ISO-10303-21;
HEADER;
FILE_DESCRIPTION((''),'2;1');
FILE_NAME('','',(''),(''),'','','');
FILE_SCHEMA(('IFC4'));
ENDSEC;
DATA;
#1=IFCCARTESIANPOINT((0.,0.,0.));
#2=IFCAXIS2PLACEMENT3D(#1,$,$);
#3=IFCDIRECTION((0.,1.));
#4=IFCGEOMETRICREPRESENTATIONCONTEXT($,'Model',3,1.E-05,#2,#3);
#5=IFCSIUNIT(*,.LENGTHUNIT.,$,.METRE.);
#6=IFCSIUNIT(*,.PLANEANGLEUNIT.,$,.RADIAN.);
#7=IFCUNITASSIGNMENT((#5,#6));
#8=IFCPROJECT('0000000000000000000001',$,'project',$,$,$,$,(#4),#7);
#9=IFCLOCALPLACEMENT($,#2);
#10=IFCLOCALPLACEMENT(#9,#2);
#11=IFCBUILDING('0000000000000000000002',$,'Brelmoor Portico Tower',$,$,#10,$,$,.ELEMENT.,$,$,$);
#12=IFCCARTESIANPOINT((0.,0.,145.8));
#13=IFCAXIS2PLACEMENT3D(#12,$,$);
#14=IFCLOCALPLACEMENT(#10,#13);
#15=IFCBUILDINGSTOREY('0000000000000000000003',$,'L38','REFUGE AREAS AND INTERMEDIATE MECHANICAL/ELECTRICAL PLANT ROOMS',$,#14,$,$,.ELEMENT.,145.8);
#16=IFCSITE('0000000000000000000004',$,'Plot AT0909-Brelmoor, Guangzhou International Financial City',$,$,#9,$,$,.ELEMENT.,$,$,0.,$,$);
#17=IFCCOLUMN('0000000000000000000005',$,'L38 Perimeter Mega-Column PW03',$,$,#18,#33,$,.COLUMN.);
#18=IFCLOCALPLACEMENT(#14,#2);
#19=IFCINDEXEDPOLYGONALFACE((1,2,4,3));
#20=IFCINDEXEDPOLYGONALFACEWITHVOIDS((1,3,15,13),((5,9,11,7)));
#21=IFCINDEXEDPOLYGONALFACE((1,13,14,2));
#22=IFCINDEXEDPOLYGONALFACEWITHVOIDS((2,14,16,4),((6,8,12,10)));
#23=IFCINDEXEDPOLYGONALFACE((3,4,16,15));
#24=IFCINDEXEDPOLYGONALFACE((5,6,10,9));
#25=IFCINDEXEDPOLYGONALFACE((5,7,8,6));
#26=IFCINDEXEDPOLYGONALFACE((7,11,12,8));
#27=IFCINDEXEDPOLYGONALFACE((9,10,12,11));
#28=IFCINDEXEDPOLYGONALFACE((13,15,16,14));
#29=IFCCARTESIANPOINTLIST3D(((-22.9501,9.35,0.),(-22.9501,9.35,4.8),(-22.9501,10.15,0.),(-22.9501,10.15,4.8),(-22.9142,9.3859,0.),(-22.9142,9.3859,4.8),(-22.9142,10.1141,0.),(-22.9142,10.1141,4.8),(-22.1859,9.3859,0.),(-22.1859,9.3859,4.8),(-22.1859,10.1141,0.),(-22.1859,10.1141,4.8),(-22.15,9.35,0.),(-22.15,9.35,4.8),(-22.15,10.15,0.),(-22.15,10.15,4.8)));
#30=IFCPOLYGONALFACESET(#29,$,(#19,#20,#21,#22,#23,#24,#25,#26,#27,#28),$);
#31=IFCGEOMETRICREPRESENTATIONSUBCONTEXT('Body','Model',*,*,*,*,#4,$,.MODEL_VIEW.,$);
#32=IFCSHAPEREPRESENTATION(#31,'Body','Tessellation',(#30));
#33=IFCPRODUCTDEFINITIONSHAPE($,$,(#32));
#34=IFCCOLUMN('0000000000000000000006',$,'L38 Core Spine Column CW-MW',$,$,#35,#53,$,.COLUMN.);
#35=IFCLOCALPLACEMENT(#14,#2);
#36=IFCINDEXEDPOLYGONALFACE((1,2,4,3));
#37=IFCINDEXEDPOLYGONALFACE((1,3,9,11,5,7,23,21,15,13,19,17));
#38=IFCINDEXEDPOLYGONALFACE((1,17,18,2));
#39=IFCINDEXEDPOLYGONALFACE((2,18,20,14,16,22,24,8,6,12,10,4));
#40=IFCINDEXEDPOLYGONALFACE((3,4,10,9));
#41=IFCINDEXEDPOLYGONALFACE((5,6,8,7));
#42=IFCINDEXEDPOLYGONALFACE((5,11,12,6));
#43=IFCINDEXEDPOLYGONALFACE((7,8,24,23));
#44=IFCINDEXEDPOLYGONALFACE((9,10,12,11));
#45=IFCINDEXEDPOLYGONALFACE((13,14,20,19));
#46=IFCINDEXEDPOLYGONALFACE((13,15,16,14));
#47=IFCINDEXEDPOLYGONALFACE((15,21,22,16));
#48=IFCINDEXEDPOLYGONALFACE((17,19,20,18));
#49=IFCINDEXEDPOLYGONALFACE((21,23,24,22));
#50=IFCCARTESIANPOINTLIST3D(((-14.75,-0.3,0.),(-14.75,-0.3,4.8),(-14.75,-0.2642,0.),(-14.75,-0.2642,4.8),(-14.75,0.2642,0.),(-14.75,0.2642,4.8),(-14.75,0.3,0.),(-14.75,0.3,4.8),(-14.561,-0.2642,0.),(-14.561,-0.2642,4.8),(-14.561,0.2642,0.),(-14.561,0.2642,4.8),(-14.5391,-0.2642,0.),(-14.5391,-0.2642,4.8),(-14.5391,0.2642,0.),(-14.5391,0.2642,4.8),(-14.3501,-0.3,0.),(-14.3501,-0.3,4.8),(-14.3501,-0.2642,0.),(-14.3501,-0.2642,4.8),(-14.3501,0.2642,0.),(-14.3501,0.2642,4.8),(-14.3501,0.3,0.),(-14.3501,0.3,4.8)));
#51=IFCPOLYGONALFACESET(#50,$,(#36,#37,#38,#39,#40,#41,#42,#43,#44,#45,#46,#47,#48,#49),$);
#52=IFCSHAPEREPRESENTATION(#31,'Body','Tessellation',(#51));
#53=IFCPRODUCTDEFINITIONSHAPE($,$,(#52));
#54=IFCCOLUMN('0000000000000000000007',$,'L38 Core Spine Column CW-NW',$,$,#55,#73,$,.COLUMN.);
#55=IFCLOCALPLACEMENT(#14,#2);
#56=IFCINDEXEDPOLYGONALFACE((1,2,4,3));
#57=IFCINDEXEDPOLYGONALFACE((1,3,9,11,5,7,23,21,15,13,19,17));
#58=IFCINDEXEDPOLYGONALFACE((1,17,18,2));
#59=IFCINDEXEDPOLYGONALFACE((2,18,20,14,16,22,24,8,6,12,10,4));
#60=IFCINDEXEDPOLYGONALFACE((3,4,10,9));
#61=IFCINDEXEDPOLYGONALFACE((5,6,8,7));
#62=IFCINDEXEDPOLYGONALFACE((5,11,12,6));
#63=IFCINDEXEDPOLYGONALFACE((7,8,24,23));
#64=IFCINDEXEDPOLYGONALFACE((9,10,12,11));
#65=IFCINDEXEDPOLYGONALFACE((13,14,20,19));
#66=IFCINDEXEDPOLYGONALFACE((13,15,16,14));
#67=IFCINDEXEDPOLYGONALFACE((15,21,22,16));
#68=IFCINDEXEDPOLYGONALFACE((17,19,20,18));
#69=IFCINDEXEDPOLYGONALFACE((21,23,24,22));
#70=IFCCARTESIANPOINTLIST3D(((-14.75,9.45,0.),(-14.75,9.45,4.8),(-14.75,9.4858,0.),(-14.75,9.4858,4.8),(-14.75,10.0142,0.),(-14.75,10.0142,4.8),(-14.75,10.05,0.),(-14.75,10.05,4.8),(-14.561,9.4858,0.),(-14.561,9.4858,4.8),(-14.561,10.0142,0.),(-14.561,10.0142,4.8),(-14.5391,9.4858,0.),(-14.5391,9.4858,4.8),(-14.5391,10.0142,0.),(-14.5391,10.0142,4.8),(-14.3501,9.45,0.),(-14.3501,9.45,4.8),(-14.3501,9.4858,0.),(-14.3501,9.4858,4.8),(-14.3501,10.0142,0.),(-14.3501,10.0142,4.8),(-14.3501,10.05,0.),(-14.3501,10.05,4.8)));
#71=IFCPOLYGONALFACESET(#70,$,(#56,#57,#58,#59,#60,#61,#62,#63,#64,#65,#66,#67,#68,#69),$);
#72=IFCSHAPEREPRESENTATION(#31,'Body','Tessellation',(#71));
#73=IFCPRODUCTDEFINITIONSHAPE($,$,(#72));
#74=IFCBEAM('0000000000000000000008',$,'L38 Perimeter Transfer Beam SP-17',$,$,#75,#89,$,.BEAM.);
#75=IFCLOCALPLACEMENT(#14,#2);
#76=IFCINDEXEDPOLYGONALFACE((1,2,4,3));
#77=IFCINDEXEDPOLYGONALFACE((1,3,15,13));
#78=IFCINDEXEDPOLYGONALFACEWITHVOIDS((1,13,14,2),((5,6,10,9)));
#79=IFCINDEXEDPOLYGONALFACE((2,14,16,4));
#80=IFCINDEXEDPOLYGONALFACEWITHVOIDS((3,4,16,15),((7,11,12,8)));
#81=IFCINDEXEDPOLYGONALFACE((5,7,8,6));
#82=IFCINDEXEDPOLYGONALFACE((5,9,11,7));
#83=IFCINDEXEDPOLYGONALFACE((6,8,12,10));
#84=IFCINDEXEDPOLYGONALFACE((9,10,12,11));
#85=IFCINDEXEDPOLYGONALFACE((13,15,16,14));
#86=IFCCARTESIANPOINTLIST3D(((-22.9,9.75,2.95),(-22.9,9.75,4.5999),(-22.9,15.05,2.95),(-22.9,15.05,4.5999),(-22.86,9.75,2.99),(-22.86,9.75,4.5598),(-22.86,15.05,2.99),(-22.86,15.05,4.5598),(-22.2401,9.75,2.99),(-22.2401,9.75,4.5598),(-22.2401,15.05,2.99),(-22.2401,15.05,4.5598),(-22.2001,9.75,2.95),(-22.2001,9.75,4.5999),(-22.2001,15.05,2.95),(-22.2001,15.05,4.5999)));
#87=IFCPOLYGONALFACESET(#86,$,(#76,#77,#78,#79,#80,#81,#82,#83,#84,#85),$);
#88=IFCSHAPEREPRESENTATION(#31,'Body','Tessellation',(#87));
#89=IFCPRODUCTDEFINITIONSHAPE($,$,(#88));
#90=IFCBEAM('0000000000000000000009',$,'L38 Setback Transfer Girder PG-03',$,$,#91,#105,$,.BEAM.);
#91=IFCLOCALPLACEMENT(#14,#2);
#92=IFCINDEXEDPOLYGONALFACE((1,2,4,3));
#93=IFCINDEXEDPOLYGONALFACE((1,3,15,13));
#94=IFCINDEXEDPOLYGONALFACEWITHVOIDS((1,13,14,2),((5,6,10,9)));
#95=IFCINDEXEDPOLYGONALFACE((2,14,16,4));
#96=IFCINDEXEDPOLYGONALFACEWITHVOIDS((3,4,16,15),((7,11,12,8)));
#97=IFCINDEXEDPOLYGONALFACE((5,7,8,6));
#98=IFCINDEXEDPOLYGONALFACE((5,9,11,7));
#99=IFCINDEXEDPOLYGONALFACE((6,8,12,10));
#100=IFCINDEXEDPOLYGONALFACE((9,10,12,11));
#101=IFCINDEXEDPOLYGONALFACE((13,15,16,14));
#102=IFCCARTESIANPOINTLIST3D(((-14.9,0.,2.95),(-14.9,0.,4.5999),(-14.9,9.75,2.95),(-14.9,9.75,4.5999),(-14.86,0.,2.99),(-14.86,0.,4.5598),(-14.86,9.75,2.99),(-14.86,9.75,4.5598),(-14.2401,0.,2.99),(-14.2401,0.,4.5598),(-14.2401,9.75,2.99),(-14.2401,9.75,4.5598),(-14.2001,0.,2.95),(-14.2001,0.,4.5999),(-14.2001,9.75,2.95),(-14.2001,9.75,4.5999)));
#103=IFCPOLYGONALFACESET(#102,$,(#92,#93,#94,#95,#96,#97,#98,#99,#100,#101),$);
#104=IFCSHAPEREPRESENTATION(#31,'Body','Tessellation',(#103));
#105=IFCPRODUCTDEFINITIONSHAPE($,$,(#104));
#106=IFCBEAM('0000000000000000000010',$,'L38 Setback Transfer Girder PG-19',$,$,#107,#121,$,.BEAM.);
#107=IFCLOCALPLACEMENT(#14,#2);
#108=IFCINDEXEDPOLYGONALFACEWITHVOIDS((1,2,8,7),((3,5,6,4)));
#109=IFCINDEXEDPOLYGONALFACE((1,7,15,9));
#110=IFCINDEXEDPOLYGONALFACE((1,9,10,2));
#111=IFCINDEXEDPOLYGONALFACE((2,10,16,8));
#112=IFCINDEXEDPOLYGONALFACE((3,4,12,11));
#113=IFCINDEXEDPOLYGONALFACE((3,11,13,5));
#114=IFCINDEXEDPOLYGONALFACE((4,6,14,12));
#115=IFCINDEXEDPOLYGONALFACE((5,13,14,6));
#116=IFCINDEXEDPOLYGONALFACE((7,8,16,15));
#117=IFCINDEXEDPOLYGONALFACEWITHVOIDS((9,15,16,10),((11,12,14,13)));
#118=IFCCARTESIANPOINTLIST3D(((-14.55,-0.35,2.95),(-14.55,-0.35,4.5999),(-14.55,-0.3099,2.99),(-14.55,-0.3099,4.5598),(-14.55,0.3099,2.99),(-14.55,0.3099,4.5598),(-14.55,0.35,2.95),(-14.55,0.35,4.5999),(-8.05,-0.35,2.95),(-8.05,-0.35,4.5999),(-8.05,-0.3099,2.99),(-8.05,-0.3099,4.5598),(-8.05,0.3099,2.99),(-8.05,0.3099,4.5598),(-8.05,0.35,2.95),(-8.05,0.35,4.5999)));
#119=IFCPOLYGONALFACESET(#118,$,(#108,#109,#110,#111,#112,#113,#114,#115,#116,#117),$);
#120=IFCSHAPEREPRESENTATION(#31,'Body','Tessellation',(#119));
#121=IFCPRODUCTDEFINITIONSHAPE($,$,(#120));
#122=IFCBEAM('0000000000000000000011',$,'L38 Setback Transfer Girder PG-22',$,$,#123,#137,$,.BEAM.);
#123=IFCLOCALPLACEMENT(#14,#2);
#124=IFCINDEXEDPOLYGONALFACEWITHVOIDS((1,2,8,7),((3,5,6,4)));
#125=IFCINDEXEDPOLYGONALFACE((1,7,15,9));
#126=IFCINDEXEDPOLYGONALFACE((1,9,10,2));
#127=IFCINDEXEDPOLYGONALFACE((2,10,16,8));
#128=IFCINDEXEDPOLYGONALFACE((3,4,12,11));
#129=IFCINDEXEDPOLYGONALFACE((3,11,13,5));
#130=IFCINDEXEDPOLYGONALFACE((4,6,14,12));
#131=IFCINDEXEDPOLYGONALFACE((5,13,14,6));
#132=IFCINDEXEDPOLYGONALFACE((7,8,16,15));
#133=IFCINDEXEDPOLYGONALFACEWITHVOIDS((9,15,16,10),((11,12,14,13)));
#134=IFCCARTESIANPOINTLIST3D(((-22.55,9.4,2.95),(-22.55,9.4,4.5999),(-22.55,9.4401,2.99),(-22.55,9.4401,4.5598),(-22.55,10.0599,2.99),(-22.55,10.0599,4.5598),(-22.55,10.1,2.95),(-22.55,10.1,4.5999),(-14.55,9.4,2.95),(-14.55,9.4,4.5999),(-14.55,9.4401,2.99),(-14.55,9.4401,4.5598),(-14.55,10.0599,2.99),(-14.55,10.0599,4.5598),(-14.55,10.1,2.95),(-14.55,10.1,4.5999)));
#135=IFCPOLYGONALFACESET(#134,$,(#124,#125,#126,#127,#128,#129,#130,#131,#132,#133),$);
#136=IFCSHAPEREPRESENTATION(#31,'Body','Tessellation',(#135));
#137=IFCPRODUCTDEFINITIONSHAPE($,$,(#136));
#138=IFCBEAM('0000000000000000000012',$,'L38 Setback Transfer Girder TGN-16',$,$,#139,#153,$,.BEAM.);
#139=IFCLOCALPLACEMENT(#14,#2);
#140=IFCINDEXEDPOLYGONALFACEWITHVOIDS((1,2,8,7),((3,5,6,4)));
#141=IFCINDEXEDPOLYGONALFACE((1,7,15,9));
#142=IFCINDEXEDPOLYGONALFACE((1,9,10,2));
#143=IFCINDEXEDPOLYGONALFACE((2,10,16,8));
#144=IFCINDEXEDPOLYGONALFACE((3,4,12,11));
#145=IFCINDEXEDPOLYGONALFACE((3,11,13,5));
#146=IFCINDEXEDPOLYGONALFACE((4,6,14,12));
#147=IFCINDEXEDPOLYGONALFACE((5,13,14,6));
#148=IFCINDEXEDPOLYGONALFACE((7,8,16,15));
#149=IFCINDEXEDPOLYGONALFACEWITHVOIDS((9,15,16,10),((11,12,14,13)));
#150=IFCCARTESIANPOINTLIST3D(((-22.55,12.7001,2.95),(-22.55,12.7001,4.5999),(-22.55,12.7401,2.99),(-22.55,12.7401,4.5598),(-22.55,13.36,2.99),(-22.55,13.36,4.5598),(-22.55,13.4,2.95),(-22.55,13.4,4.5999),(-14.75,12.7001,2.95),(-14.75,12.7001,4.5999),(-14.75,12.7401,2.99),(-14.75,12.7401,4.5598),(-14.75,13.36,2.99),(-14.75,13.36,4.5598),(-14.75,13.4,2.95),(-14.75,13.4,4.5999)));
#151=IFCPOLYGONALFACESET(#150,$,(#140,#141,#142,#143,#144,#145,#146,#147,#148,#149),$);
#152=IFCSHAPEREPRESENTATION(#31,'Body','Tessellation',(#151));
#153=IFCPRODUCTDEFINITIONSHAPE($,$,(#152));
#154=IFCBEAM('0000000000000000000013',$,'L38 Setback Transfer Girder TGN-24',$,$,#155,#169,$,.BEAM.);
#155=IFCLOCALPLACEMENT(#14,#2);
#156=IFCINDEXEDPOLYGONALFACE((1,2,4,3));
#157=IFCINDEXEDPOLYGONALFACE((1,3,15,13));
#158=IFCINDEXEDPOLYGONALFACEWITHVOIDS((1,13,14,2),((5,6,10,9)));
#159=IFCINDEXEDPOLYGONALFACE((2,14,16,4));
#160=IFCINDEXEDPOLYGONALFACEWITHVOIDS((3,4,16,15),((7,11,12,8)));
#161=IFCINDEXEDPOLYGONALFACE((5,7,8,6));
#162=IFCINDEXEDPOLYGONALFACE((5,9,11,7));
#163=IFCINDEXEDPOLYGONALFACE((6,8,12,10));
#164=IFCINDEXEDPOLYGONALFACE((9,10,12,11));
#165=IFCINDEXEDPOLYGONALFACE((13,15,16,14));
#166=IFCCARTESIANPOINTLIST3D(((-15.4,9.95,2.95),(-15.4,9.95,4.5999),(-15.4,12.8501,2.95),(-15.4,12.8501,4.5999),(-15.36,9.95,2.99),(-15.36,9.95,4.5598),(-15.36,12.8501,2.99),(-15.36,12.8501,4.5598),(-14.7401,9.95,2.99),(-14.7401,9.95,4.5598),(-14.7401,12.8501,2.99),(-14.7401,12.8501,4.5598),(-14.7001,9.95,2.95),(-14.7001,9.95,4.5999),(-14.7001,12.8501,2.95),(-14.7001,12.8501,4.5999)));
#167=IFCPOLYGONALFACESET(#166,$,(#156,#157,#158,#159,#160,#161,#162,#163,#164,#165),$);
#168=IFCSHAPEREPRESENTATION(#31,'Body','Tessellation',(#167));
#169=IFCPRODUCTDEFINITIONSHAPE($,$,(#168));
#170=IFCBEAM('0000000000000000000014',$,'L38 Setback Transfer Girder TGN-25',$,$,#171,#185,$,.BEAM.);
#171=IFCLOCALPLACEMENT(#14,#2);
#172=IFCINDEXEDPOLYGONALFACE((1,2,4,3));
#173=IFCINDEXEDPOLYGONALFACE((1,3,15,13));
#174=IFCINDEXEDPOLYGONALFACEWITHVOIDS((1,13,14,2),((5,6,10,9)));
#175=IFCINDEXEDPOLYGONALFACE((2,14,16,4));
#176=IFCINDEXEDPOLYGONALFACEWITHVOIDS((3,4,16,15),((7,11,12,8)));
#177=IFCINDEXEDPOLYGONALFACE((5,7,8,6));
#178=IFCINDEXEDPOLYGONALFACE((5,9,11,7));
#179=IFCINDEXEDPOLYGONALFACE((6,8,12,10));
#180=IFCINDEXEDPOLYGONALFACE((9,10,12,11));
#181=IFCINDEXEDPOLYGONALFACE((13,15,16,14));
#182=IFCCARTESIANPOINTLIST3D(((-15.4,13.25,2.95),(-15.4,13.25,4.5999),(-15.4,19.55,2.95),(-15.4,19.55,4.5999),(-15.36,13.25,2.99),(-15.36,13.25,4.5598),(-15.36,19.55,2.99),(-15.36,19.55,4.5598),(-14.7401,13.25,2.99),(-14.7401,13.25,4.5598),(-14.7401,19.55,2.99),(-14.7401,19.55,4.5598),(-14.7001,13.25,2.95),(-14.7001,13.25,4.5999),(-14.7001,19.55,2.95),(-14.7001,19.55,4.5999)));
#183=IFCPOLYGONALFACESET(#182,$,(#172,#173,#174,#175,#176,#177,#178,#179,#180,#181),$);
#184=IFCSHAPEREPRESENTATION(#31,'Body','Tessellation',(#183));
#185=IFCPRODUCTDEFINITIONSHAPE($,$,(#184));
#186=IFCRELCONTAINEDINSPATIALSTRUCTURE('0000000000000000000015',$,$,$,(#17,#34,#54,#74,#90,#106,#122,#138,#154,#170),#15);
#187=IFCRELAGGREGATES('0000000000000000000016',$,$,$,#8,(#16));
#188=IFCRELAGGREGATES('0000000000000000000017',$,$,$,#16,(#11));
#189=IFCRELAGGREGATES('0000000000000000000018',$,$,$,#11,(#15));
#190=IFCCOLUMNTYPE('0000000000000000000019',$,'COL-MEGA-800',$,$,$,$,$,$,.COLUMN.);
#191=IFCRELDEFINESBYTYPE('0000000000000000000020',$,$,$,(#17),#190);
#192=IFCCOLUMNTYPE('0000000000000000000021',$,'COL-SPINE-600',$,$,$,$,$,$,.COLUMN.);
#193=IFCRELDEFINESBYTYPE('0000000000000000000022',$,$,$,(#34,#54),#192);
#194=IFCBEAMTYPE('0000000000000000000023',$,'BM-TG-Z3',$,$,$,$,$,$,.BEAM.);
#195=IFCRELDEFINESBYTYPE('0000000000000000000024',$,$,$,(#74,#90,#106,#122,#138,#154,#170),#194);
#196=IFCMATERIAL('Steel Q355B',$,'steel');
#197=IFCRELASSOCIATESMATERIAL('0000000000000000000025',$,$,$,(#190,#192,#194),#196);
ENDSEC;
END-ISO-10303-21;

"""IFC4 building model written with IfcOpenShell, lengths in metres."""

from ifc_helpers import new_model, si_unit, direction, frame, origin, origin_2d, place, context, subcontext, project, spatial, hollow_rectangle, i_section, extrude, material, material_profile, profile_set, type_object, element, save


model = new_model("IFC4")

# Units and contexts
model_context = context("Model", 3, precision=1e-05, world=origin(), true_north=direction((0.0, 1.0)))
body_context = subcontext(model_context, "Body", "Model", "MODEL_VIEW")
ifc_project = project(units=[si_unit("LENGTHUNIT", "METRE"), si_unit("PLANEANGLEUNIT", "RADIAN")], contexts=[model_context])

# Site, building, storey
site_placement = place(None, origin())
site = spatial("IfcSite", under=ifc_project, at=site_placement, Name="Plot AT0909-Brelmoor, Guangzhou International Financial City", CompositionType="ELEMENT", RefElevation=0.0)
building_placement = place(site_placement, origin())
building = spatial("IfcBuilding", under=site, at=building_placement, Name="Brelmoor Portico Tower", CompositionType="ELEMENT")
storey_placement = place(building_placement, frame((0.0, 0.0, 145.8)))
storey = spatial("IfcBuildingStorey", under=building, at=storey_placement, Name="L38", Description="REFUGE AREAS AND INTERMEDIATE MECHANICAL/ELECTRICAL PLANT ROOMS", CompositionType="ELEMENT", Elevation=145.8)

# Columns
ifc_material_1 = material(Name="Steel Q355B", Category="steel")
ifc_material_profile_1 = material_profile(ifc_material_1, hollow_rectangle(XDim=0.8, YDim=0.8, WallThickness=0.0359, at=origin_2d()), Name="BOX 800x800x36")
ifc_profile_set_1 = profile_set([ifc_material_profile_1], Name="Steel Q355B")
column_type_1 = type_object("IfcColumnType", Name="COL-MEGA-800", PredefinedType="COLUMN", material=ifc_profile_set_1)
column_placement = place(storey_placement, frame((-22.55, 9.75, 0.0), z_axis=(0.0, 0.0, 1.0), x_axis=(0.0, 1.0, 0.0)))
element("IfcColumn", 1, at=column_placement, inside=storey, type_object=column_type_1, Name="L38 Perimeter Mega-Column PW03", PredefinedType="COLUMN", context=body_context, shape_type="SweptSolid", body=[
    extrude(hollow_rectangle(XDim=0.8, YDim=0.8, WallThickness=0.0359, at=origin_2d()), origin(), (0.0, 0.0, 1.0), 4.8),
])
ifc_material_profile_2 = material_profile(ifc_material_1, i_section(OverallWidth=0.3999, OverallDepth=0.6001, WebThickness=0.022, FlangeThickness=0.0359, at=origin_2d()), Name="HW 600x400x22x36")
ifc_profile_set_2 = profile_set([ifc_material_profile_2], Name="Steel Q355B")
column_type_2 = type_object("IfcColumnType", Name="COL-SPINE-600", PredefinedType="COLUMN", material=ifc_profile_set_2)
for number, where, z_axis, x_axis, name in (
    (2, (-14.55, 0.0, 0.0), (0.0, 0.0, 1.0), (1.0, 0.0, 0.0), "L38 Core Spine Column CW-MW"),
    (3, (-14.55, 9.75, 0.0), (0.0, 0.0, 1.0), (1.0, 0.0, 0.0), "L38 Core Spine Column CW-NW"),
):
    element("IfcColumn", number, at=place(storey_placement, frame(where, z_axis=z_axis, x_axis=x_axis)), inside=storey, type_object=column_type_2, Name=name, PredefinedType="COLUMN", context=body_context, shape_type="SweptSolid", body=[
        extrude(i_section(OverallWidth=0.3999, OverallDepth=0.6001, WebThickness=0.022, FlangeThickness=0.0359, at=origin_2d()), origin(), (0.0, 0.0, 1.0), 4.8),
    ])

# Beams
ifc_material_profile_3 = material_profile(ifc_material_1, hollow_rectangle(XDim=0.7, YDim=1.6499, WallThickness=0.04, at=origin_2d()), Name="BOX 700x1650x40")
ifc_profile_set_3 = profile_set([ifc_material_profile_3], Name="Steel Q355B")
beam_type = type_object("IfcBeamType", Name="BM-TG-Z3", PredefinedType="BEAM", material=ifc_profile_set_3)
beam_1_placement = place(storey_placement, frame((-22.55, 9.75, 3.7749), z_axis=(0.0, 1.0, 0.0), x_axis=(-1.0, 0.0, 0.0)))
element("IfcBeam", 4, at=beam_1_placement, inside=storey, type_object=beam_type, Name="L38 Perimeter Transfer Beam SP-17", PredefinedType="BEAM", context=body_context, shape_type="SweptSolid", body=[
    extrude(hollow_rectangle(XDim=0.7, YDim=1.6499, WallThickness=0.04, at=origin_2d()), origin(), (0.0, 0.0, 1.0), 5.3),
])
beam_2_placement = place(storey_placement, frame((-14.55, 0.0, 3.7749), z_axis=(0.0, 1.0, 0.0), x_axis=(-1.0, 0.0, 0.0)))
element("IfcBeam", 5, at=beam_2_placement, inside=storey, type_object=beam_type, Name="L38 Setback Transfer Girder PG-03", PredefinedType="BEAM", context=body_context, shape_type="SweptSolid", body=[
    extrude(hollow_rectangle(XDim=0.7, YDim=1.6499, WallThickness=0.04, at=origin_2d()), origin(), (0.0, 0.0, 1.0), 9.75),
])
beam_3_placement = place(storey_placement, frame((-14.55, 0.0, 3.7749), z_axis=(1.0, 0.0, 0.0), x_axis=(0.0, 1.0, 0.0)))
element("IfcBeam", 6, at=beam_3_placement, inside=storey, type_object=beam_type, Name="L38 Setback Transfer Girder PG-19", PredefinedType="BEAM", context=body_context, shape_type="SweptSolid", body=[
    extrude(hollow_rectangle(XDim=0.7, YDim=1.6499, WallThickness=0.04, at=origin_2d()), origin(), (0.0, 0.0, 1.0), 6.5),
])
beam_4_placement = place(storey_placement, frame((-22.55, 9.75, 3.7749), z_axis=(1.0, 0.0, 0.0), x_axis=(0.0, 1.0, 0.0)))
element("IfcBeam", 7, at=beam_4_placement, inside=storey, type_object=beam_type, Name="L38 Setback Transfer Girder PG-22", PredefinedType="BEAM", context=body_context, shape_type="SweptSolid", body=[
    extrude(hollow_rectangle(XDim=0.7, YDim=1.6499, WallThickness=0.04, at=origin_2d()), origin(), (0.0, 0.0, 1.0), 8.0),
])
beam_5_placement = place(storey_placement, frame((-22.55, 13.05, 3.7749), z_axis=(1.0, 0.0, 0.0), x_axis=(0.0, 1.0, 0.0)))
element("IfcBeam", 8, at=beam_5_placement, inside=storey, type_object=beam_type, Name="L38 Setback Transfer Girder TGN-16", PredefinedType="BEAM", context=body_context, shape_type="SweptSolid", body=[
    extrude(hollow_rectangle(XDim=0.7, YDim=1.6499, WallThickness=0.04, at=origin_2d()), origin(), (0.0, 0.0, 1.0), 7.8),
])
beam_6_placement = place(storey_placement, frame((-15.05, 9.95, 3.7749), z_axis=(0.0, 1.0, 0.0), x_axis=(-1.0, 0.0, 0.0)))
element("IfcBeam", 9, at=beam_6_placement, inside=storey, type_object=beam_type, Name="L38 Setback Transfer Girder TGN-24", PredefinedType="BEAM", context=body_context, shape_type="SweptSolid", body=[
    extrude(hollow_rectangle(XDim=0.7, YDim=1.6499, WallThickness=0.04, at=origin_2d()), origin(), (0.0, 0.0, 1.0), 2.9001),
])
beam_7_placement = place(storey_placement, frame((-15.05, 13.25, 3.7749), z_axis=(0.0, 1.0, 0.0), x_axis=(-1.0, 0.0, 0.0)))
element("IfcBeam", 10, at=beam_7_placement, inside=storey, type_object=beam_type, Name="L38 Setback Transfer Girder TGN-25", PredefinedType="BEAM", context=body_context, shape_type="SweptSolid", body=[
    extrude(hollow_rectangle(XDim=0.7, YDim=1.6499, WallThickness=0.04, at=origin_2d()), origin(), (0.0, 0.0, 1.0), 6.3),
])

save(model, "model.ifc")
